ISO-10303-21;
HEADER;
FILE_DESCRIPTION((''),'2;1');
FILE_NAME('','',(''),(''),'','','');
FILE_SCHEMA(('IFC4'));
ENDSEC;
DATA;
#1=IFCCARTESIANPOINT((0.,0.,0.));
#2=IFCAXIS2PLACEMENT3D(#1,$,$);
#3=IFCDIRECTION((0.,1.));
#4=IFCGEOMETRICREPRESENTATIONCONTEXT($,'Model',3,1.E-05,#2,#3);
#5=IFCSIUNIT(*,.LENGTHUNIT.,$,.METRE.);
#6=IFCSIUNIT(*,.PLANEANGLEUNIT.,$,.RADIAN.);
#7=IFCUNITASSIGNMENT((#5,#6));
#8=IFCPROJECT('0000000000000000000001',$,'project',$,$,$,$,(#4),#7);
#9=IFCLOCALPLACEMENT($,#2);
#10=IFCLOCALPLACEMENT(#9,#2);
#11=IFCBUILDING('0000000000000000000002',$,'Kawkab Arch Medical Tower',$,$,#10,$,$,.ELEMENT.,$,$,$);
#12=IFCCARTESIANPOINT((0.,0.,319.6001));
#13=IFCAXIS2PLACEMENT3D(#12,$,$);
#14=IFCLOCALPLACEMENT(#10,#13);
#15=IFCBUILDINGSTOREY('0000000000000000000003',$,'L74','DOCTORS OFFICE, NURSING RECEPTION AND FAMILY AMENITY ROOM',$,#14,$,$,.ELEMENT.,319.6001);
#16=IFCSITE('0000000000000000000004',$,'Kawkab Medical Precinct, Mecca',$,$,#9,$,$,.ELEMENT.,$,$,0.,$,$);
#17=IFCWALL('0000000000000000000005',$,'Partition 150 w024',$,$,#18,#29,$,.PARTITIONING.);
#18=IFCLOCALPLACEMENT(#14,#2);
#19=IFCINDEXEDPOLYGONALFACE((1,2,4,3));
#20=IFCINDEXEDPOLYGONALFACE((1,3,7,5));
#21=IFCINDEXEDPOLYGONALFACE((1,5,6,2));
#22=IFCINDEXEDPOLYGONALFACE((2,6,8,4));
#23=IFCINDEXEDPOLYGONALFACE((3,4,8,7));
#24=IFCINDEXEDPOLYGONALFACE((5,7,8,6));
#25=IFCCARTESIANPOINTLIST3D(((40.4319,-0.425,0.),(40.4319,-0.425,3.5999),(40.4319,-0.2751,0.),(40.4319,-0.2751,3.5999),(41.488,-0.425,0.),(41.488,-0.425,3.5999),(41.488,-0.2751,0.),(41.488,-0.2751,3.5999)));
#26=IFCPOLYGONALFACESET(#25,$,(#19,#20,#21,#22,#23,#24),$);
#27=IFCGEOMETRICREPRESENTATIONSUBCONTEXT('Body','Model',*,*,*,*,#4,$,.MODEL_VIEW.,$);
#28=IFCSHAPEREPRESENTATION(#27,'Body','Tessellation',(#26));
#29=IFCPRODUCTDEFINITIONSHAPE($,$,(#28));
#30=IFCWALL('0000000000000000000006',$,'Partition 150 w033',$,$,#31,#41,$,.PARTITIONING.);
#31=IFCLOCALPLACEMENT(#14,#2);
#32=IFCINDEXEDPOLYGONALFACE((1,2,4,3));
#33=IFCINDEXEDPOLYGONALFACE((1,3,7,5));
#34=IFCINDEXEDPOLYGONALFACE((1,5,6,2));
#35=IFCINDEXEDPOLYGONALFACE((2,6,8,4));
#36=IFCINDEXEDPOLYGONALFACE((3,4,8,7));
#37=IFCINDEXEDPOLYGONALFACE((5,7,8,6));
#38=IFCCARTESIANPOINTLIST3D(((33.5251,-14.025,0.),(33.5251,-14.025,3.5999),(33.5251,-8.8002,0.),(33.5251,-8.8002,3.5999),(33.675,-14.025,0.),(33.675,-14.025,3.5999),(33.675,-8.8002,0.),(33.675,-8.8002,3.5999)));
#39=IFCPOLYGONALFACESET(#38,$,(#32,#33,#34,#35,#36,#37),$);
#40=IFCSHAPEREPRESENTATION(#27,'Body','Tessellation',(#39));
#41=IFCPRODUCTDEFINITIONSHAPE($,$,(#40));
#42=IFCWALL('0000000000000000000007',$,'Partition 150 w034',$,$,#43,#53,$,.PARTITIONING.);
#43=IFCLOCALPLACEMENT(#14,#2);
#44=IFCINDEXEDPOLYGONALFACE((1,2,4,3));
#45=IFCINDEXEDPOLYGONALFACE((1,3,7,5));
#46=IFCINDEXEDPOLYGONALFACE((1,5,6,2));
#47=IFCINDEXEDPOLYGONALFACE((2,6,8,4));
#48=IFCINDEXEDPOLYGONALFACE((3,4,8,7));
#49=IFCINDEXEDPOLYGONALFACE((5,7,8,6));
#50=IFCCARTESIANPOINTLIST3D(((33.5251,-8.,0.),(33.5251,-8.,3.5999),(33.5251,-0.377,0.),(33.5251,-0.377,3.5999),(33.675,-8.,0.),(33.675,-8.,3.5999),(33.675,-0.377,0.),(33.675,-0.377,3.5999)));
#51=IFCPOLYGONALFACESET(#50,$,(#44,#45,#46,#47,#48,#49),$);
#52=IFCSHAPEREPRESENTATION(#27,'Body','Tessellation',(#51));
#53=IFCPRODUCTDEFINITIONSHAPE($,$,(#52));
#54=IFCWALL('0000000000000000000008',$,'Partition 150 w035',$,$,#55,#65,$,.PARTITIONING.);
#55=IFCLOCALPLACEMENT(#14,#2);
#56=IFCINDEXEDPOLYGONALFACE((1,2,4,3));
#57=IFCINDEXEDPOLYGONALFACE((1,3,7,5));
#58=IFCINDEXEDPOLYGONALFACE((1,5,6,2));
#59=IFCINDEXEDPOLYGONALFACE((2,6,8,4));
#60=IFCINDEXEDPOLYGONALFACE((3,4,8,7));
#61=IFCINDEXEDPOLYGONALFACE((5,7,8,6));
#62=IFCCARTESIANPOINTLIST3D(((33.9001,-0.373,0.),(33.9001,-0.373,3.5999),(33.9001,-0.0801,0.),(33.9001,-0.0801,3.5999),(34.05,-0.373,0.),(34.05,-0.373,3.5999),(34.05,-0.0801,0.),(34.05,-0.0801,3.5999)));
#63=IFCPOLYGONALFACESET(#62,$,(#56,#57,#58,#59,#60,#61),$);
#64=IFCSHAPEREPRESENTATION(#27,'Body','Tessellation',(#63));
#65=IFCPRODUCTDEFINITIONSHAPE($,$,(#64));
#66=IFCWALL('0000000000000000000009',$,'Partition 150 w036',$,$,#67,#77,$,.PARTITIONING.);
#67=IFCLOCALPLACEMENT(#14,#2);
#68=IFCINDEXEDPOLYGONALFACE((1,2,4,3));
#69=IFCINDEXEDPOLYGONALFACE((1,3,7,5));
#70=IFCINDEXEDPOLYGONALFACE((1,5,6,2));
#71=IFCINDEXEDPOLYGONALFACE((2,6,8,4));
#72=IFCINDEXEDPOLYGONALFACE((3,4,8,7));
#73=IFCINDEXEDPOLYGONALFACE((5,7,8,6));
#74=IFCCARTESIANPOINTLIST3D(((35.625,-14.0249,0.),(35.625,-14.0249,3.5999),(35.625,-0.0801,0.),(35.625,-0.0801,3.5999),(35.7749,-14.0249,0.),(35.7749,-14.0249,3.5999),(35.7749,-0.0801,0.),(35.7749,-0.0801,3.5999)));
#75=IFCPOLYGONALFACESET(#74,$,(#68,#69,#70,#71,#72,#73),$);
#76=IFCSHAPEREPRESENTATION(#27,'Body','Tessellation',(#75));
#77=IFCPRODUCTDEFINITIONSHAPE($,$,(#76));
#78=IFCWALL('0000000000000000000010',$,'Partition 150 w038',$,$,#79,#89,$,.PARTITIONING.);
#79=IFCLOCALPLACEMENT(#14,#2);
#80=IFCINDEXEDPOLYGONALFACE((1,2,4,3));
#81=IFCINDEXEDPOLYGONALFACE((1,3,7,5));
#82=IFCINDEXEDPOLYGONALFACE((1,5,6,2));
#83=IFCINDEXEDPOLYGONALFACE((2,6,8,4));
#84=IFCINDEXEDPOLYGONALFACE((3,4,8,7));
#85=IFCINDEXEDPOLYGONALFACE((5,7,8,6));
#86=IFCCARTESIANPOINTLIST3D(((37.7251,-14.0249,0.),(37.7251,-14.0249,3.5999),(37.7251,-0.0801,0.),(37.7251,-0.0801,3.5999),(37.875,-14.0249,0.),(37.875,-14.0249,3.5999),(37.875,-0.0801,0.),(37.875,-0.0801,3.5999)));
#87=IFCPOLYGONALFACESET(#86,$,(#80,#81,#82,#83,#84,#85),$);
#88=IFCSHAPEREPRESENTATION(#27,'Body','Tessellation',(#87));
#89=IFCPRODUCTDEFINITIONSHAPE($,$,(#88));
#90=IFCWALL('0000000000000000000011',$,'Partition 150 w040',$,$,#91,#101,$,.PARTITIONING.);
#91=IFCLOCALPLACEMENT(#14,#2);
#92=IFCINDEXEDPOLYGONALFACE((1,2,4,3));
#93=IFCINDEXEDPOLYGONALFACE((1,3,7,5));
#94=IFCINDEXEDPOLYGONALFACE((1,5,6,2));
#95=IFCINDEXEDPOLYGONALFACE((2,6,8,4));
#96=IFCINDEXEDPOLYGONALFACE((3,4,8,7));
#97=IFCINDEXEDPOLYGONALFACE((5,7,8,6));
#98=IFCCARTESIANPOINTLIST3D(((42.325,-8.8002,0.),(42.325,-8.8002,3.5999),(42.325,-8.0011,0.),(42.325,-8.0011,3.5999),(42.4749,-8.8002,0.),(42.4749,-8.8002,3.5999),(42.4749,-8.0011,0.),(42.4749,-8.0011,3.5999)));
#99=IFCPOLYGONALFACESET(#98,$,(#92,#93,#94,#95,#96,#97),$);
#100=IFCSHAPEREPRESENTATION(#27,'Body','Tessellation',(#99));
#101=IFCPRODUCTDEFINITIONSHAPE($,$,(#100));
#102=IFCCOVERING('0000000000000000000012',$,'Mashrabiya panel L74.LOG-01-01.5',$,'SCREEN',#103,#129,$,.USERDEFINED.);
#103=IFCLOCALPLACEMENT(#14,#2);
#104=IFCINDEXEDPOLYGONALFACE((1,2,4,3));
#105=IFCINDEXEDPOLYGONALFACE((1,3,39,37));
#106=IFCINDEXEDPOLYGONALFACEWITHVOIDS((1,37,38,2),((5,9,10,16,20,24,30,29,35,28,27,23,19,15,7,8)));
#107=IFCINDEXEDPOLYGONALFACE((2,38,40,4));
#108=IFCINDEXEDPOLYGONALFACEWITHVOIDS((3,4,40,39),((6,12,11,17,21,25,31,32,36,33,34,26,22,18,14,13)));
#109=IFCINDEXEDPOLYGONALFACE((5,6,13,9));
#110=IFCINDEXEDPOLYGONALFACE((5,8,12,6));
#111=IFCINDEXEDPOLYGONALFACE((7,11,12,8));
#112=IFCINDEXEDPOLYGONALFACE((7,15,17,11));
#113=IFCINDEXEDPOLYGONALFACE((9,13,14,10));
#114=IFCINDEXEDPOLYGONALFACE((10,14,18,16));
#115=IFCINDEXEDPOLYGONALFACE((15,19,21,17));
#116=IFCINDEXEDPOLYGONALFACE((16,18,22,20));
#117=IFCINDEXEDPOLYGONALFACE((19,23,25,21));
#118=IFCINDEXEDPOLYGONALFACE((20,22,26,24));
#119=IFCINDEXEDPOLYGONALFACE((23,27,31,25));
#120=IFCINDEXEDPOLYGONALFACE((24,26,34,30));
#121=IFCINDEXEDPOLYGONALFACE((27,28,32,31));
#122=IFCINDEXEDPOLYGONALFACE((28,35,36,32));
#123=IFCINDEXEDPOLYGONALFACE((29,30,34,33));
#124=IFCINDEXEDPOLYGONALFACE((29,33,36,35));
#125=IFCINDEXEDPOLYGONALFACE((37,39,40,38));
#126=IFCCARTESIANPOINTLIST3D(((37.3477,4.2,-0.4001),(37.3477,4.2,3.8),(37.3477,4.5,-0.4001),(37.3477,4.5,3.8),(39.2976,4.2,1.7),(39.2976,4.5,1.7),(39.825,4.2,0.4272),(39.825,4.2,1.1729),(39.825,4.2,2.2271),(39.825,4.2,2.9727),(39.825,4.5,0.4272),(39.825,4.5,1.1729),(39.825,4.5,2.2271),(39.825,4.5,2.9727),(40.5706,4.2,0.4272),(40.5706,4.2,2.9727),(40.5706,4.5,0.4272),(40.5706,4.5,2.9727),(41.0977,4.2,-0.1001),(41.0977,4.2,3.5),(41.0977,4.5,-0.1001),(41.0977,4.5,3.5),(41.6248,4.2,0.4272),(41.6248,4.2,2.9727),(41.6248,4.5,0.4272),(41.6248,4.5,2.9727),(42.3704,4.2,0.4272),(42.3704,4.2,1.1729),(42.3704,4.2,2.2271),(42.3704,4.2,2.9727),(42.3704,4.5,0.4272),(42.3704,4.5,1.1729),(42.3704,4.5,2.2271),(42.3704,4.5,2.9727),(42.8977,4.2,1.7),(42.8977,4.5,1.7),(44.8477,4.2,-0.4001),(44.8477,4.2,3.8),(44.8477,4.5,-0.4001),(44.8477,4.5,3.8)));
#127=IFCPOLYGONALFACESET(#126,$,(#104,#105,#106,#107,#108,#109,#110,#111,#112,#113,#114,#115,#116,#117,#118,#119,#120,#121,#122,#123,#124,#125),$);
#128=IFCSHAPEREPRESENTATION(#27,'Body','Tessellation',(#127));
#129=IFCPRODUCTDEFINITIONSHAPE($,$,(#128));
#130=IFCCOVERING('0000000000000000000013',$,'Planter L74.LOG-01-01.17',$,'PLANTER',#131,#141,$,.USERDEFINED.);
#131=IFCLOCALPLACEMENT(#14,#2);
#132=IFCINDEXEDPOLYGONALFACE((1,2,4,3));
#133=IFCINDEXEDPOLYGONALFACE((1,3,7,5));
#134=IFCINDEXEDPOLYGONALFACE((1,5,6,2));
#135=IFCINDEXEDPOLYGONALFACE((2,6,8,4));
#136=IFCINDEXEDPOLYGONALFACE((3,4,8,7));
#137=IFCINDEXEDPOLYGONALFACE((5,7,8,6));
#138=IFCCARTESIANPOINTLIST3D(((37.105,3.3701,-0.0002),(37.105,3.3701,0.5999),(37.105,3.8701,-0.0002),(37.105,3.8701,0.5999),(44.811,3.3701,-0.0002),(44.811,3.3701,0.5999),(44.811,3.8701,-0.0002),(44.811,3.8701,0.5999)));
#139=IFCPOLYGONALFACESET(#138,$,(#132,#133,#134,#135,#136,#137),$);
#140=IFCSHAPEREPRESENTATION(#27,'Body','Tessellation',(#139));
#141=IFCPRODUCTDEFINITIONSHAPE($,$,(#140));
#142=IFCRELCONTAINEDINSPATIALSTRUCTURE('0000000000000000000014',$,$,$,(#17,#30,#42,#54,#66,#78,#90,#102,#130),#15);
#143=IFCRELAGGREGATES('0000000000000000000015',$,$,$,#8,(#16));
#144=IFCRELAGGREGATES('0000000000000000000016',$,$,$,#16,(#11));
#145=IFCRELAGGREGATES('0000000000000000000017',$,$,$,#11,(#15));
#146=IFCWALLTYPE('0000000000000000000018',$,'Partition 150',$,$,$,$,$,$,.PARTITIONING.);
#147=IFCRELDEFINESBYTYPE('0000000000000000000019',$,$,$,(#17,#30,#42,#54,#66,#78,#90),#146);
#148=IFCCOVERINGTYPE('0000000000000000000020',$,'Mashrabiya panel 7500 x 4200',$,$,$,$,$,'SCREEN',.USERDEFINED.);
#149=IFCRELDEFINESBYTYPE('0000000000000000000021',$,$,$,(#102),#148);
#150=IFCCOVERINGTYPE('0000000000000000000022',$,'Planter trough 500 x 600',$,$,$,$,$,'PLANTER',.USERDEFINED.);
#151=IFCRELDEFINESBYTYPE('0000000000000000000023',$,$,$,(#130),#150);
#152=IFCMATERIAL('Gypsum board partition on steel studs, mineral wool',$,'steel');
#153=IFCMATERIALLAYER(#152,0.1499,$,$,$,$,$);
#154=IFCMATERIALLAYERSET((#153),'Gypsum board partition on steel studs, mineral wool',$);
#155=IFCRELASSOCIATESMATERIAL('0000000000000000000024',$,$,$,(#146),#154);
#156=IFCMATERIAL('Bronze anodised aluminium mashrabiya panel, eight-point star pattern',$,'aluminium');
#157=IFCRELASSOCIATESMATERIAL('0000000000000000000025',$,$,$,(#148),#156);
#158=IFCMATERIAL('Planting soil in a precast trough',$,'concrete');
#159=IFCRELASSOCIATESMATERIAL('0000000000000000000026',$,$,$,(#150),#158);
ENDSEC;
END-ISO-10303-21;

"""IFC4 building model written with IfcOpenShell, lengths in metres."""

from ifc_helpers import new_model, si_unit, direction, frame, frame_2d, origin, origin_2d, place, context, subcontext, project, spatial, polyline, rectangle, outline, extrude, material, layer, layer_set, material_profile, profile_set, type_object, element, save


model = new_model("IFC4")

# Units and contexts
model_context = context("Model", 3, precision=1e-05, world=origin(), true_north=direction((0.0, 1.0)))
body_context = subcontext(model_context, "Body", "Model", "MODEL_VIEW")
ifc_project = project(units=[si_unit("LENGTHUNIT", "METRE"), si_unit("PLANEANGLEUNIT", "RADIAN")], contexts=[model_context])

# Site, building, storey
site_placement = place(None, origin())
site = spatial("IfcSite", under=ifc_project, at=site_placement, Name="Kawkab Medical Precinct, Mecca", CompositionType="ELEMENT", RefElevation=0.0)
building_placement = place(site_placement, origin())
building = spatial("IfcBuilding", under=site, at=building_placement, Name="Kawkab Arch Medical Tower", CompositionType="ELEMENT")
storey_placement = place(building_placement, frame((0.0, 0.0, 319.6001)))
storey = spatial("IfcBuildingStorey", under=building, at=storey_placement, Name="L74", Description="DOCTORS OFFICE, NURSING RECEPTION AND FAMILY AMENITY ROOM", CompositionType="ELEMENT", Elevation=319.6001)

# Walls
ifc_material_1 = material(Name="Gypsum board partition on steel studs, mineral wool", Category="steel")
ifc_layer_1 = layer(ifc_material_1, 0.1499)
ifc_layer_set_1 = layer_set([ifc_layer_1], Name="Gypsum board partition on steel studs, mineral wool")
wall_type_1 = type_object("IfcWallType", Name="Partition 150", PredefinedType="PARTITIONING", material=ifc_layer_set_1)
wall_1_placement = place(storey_placement, frame((40.4319, -0.3501, 0.0), z_axis=(0.0, 0.0, 1.0), x_axis=(1.0, 0.0, 0.0)))
element("IfcWall", 1, at=wall_1_placement, inside=storey, type_object=wall_type_1, Name="Partition 150 w024", PredefinedType="PARTITIONING", context=body_context, shape_type="SweptSolid", body=[
    extrude(rectangle(XDim=1.0562, YDim=0.1499, at=frame_2d((0.5281, 0.0))), origin(), (0.0, 0.0, 1.0), 3.5999),
])
wall_2_placement = place(storey_placement, frame((33.6001, -14.0249, 0.0), z_axis=(0.0, 0.0, 1.0), x_axis=(0.0, 1.0, 0.0)))
element("IfcWall", 2, at=wall_2_placement, inside=storey, type_object=wall_type_1, Name="Partition 150 w033", PredefinedType="PARTITIONING", context=body_context, shape_type="SweptSolid", body=[
    extrude(rectangle(XDim=5.2249, YDim=0.1499, at=frame_2d((2.6123, 0.0))), origin(), (0.0, 0.0, 1.0), 3.5999),
])
wall_3_placement = place(storey_placement, frame((33.6001, -8.0, 0.0), z_axis=(0.0, 0.0, 1.0), x_axis=(0.0, 1.0, 0.0)))
element("IfcWall", 3, at=wall_3_placement, inside=storey, type_object=wall_type_1, Name="Partition 150 w034", PredefinedType="PARTITIONING", context=body_context, shape_type="SweptSolid", body=[
    extrude(rectangle(XDim=7.623, YDim=0.1499, at=frame_2d((3.8115, 0.0))), origin(), (0.0, 0.0, 1.0), 3.5999),
])
wall_4_placement = place(storey_placement, frame((33.9751, -0.373, 0.0), z_axis=(0.0, 0.0, 1.0), x_axis=(0.0, 1.0, 0.0)))
element("IfcWall", 4, at=wall_4_placement, inside=storey, type_object=wall_type_1, Name="Partition 150 w035", PredefinedType="PARTITIONING", context=body_context, shape_type="SweptSolid", body=[
    extrude(rectangle(XDim=0.293, YDim=0.1499, at=frame_2d((0.1465, 0.0))), origin(), (0.0, 0.0, 1.0), 3.5999),
])
for number, where, z_axis, x_axis, name in (
    (5, (35.7, -14.0249, 0.0), (0.0, 0.0, 1.0), (0.0, 1.0, 0.0), "Partition 150 w036"),
    (6, (37.8, -14.0249, 0.0), (0.0, 0.0, 1.0), (0.0, 1.0, 0.0), "Partition 150 w038"),
):
    element("IfcWall", number, at=place(storey_placement, frame(where, z_axis=z_axis, x_axis=x_axis)), inside=storey, type_object=wall_type_1, Name=name, PredefinedType="PARTITIONING", context=body_context, shape_type="SweptSolid", body=[
        extrude(rectangle(XDim=13.9448, YDim=0.1499, at=frame_2d((6.9724, 0.0))), origin(), (0.0, 0.0, 1.0), 3.5999),
    ])
wall_5_placement = place(storey_placement, frame((42.3999, -8.8, 0.0), z_axis=(0.0, 0.0, 1.0), x_axis=(0.0, 1.0, 0.0)))
element("IfcWall", 7, at=wall_5_placement, inside=storey, type_object=wall_type_1, Name="Partition 150 w040", PredefinedType="PARTITIONING", context=body_context, shape_type="SweptSolid", body=[
    extrude(rectangle(XDim=0.7991, YDim=0.1499, at=frame_2d((0.3994, 0.0))), origin(), (0.0, 0.0, 1.0), 3.5999),
])

# Coverings
ifc_material_2 = material(Name="Bronze anodised aluminium mashrabiya panel, eight-point star pattern", Category="aluminium")
ifc_material_profile_1 = material_profile(ifc_material_2, outline(polyline([(-3.75, -2.1001), (3.75, -2.1001), (3.75, 2.1001), (-3.75, 2.1001), (-3.75, -2.1001)]), holes=[polyline([(1.8, 0.0), (1.2727, 0.5271), (1.2727, 1.2727), (0.5271, 1.2727), (0.0, 1.8), (-0.5271, 1.2727), (-1.2727, 1.2727), (-1.2727, 0.5271), (-1.8, 0.0), (-1.2727, -0.5271), (-1.2727, -1.2727), (-0.5271, -1.2727), (0.0, -1.8), (0.5271, -1.2727), (1.2727, -1.2727), (1.2727, -0.5271), (1.8, 0.0)])]), Name="Mashrabiya panel 7500x4200")
ifc_profile_set_1 = profile_set([ifc_material_profile_1], Name="Bronze anodised aluminium mashrabiya panel, eight-point star pattern")
covering_type_1 = type_object("IfcCoveringType", Name="Mashrabiya panel 7500 x 4200", ElementType="SCREEN", PredefinedType="USERDEFINED", material=ifc_profile_set_1)
covering_1_placement = place(storey_placement, frame((41.0977, 4.2, 1.7), z_axis=(0.0, 1.0, 0.0), x_axis=(-1.0, 0.0, 0.0)))
element("IfcCovering", 8, at=covering_1_placement, inside=storey, type_object=covering_type_1, Name="Mashrabiya panel L74.LOG-01-01.5", ObjectType="SCREEN", PredefinedType="USERDEFINED", context=body_context, shape_type="SweptSolid", body=[
    extrude(outline(polyline([(-3.75, -2.1001), (3.75, -2.1001), (3.75, 2.1001), (-3.75, 2.1001), (-3.75, -2.1001)]), holes=[polyline([(1.8, 0.0), (1.2727, 0.5271), (1.2727, 1.2727), (0.5271, 1.2727), (0.0, 1.8), (-0.5271, 1.2727), (-1.2727, 1.2727), (-1.2727, 0.5271), (-1.8, 0.0), (-1.2727, -0.5271), (-1.2727, -1.2727), (-0.5271, -1.2727), (0.0, -1.8), (0.5271, -1.2727), (1.2727, -1.2727), (1.2727, -0.5271), (1.8, 0.0)])]), origin(), (0.0, 0.0, 1.0), 0.3),
])
ifc_material_3 = material(Name="Planting soil in a precast trough", Category="concrete")
ifc_material_profile_2 = material_profile(ifc_material_3, rectangle(XDim=0.5, YDim=0.6001, at=origin_2d()), Name="Trough 500x600")
ifc_profile_set_2 = profile_set([ifc_material_profile_2], Name="Planting soil in a precast trough")
covering_type_2 = type_object("IfcCoveringType", Name="Planter trough 500 x 600", ElementType="PLANTER", PredefinedType="USERDEFINED", material=ifc_profile_set_2)
covering_2_placement = place(storey_placement, frame((37.105, 3.6201, 0.2998), z_axis=(1.0, 0.0, 0.0), x_axis=(0.0, 1.0, 0.0)))
element("IfcCovering", 9, at=covering_2_placement, inside=storey, type_object=covering_type_2, Name="Planter L74.LOG-01-01.17", ObjectType="PLANTER", PredefinedType="USERDEFINED", context=body_context, shape_type="SweptSolid", body=[
    extrude(rectangle(XDim=0.5, YDim=0.6001, at=origin_2d()), origin(), (0.0, 0.0, 1.0), 7.7061),
])

save(model, "model.ifc")
